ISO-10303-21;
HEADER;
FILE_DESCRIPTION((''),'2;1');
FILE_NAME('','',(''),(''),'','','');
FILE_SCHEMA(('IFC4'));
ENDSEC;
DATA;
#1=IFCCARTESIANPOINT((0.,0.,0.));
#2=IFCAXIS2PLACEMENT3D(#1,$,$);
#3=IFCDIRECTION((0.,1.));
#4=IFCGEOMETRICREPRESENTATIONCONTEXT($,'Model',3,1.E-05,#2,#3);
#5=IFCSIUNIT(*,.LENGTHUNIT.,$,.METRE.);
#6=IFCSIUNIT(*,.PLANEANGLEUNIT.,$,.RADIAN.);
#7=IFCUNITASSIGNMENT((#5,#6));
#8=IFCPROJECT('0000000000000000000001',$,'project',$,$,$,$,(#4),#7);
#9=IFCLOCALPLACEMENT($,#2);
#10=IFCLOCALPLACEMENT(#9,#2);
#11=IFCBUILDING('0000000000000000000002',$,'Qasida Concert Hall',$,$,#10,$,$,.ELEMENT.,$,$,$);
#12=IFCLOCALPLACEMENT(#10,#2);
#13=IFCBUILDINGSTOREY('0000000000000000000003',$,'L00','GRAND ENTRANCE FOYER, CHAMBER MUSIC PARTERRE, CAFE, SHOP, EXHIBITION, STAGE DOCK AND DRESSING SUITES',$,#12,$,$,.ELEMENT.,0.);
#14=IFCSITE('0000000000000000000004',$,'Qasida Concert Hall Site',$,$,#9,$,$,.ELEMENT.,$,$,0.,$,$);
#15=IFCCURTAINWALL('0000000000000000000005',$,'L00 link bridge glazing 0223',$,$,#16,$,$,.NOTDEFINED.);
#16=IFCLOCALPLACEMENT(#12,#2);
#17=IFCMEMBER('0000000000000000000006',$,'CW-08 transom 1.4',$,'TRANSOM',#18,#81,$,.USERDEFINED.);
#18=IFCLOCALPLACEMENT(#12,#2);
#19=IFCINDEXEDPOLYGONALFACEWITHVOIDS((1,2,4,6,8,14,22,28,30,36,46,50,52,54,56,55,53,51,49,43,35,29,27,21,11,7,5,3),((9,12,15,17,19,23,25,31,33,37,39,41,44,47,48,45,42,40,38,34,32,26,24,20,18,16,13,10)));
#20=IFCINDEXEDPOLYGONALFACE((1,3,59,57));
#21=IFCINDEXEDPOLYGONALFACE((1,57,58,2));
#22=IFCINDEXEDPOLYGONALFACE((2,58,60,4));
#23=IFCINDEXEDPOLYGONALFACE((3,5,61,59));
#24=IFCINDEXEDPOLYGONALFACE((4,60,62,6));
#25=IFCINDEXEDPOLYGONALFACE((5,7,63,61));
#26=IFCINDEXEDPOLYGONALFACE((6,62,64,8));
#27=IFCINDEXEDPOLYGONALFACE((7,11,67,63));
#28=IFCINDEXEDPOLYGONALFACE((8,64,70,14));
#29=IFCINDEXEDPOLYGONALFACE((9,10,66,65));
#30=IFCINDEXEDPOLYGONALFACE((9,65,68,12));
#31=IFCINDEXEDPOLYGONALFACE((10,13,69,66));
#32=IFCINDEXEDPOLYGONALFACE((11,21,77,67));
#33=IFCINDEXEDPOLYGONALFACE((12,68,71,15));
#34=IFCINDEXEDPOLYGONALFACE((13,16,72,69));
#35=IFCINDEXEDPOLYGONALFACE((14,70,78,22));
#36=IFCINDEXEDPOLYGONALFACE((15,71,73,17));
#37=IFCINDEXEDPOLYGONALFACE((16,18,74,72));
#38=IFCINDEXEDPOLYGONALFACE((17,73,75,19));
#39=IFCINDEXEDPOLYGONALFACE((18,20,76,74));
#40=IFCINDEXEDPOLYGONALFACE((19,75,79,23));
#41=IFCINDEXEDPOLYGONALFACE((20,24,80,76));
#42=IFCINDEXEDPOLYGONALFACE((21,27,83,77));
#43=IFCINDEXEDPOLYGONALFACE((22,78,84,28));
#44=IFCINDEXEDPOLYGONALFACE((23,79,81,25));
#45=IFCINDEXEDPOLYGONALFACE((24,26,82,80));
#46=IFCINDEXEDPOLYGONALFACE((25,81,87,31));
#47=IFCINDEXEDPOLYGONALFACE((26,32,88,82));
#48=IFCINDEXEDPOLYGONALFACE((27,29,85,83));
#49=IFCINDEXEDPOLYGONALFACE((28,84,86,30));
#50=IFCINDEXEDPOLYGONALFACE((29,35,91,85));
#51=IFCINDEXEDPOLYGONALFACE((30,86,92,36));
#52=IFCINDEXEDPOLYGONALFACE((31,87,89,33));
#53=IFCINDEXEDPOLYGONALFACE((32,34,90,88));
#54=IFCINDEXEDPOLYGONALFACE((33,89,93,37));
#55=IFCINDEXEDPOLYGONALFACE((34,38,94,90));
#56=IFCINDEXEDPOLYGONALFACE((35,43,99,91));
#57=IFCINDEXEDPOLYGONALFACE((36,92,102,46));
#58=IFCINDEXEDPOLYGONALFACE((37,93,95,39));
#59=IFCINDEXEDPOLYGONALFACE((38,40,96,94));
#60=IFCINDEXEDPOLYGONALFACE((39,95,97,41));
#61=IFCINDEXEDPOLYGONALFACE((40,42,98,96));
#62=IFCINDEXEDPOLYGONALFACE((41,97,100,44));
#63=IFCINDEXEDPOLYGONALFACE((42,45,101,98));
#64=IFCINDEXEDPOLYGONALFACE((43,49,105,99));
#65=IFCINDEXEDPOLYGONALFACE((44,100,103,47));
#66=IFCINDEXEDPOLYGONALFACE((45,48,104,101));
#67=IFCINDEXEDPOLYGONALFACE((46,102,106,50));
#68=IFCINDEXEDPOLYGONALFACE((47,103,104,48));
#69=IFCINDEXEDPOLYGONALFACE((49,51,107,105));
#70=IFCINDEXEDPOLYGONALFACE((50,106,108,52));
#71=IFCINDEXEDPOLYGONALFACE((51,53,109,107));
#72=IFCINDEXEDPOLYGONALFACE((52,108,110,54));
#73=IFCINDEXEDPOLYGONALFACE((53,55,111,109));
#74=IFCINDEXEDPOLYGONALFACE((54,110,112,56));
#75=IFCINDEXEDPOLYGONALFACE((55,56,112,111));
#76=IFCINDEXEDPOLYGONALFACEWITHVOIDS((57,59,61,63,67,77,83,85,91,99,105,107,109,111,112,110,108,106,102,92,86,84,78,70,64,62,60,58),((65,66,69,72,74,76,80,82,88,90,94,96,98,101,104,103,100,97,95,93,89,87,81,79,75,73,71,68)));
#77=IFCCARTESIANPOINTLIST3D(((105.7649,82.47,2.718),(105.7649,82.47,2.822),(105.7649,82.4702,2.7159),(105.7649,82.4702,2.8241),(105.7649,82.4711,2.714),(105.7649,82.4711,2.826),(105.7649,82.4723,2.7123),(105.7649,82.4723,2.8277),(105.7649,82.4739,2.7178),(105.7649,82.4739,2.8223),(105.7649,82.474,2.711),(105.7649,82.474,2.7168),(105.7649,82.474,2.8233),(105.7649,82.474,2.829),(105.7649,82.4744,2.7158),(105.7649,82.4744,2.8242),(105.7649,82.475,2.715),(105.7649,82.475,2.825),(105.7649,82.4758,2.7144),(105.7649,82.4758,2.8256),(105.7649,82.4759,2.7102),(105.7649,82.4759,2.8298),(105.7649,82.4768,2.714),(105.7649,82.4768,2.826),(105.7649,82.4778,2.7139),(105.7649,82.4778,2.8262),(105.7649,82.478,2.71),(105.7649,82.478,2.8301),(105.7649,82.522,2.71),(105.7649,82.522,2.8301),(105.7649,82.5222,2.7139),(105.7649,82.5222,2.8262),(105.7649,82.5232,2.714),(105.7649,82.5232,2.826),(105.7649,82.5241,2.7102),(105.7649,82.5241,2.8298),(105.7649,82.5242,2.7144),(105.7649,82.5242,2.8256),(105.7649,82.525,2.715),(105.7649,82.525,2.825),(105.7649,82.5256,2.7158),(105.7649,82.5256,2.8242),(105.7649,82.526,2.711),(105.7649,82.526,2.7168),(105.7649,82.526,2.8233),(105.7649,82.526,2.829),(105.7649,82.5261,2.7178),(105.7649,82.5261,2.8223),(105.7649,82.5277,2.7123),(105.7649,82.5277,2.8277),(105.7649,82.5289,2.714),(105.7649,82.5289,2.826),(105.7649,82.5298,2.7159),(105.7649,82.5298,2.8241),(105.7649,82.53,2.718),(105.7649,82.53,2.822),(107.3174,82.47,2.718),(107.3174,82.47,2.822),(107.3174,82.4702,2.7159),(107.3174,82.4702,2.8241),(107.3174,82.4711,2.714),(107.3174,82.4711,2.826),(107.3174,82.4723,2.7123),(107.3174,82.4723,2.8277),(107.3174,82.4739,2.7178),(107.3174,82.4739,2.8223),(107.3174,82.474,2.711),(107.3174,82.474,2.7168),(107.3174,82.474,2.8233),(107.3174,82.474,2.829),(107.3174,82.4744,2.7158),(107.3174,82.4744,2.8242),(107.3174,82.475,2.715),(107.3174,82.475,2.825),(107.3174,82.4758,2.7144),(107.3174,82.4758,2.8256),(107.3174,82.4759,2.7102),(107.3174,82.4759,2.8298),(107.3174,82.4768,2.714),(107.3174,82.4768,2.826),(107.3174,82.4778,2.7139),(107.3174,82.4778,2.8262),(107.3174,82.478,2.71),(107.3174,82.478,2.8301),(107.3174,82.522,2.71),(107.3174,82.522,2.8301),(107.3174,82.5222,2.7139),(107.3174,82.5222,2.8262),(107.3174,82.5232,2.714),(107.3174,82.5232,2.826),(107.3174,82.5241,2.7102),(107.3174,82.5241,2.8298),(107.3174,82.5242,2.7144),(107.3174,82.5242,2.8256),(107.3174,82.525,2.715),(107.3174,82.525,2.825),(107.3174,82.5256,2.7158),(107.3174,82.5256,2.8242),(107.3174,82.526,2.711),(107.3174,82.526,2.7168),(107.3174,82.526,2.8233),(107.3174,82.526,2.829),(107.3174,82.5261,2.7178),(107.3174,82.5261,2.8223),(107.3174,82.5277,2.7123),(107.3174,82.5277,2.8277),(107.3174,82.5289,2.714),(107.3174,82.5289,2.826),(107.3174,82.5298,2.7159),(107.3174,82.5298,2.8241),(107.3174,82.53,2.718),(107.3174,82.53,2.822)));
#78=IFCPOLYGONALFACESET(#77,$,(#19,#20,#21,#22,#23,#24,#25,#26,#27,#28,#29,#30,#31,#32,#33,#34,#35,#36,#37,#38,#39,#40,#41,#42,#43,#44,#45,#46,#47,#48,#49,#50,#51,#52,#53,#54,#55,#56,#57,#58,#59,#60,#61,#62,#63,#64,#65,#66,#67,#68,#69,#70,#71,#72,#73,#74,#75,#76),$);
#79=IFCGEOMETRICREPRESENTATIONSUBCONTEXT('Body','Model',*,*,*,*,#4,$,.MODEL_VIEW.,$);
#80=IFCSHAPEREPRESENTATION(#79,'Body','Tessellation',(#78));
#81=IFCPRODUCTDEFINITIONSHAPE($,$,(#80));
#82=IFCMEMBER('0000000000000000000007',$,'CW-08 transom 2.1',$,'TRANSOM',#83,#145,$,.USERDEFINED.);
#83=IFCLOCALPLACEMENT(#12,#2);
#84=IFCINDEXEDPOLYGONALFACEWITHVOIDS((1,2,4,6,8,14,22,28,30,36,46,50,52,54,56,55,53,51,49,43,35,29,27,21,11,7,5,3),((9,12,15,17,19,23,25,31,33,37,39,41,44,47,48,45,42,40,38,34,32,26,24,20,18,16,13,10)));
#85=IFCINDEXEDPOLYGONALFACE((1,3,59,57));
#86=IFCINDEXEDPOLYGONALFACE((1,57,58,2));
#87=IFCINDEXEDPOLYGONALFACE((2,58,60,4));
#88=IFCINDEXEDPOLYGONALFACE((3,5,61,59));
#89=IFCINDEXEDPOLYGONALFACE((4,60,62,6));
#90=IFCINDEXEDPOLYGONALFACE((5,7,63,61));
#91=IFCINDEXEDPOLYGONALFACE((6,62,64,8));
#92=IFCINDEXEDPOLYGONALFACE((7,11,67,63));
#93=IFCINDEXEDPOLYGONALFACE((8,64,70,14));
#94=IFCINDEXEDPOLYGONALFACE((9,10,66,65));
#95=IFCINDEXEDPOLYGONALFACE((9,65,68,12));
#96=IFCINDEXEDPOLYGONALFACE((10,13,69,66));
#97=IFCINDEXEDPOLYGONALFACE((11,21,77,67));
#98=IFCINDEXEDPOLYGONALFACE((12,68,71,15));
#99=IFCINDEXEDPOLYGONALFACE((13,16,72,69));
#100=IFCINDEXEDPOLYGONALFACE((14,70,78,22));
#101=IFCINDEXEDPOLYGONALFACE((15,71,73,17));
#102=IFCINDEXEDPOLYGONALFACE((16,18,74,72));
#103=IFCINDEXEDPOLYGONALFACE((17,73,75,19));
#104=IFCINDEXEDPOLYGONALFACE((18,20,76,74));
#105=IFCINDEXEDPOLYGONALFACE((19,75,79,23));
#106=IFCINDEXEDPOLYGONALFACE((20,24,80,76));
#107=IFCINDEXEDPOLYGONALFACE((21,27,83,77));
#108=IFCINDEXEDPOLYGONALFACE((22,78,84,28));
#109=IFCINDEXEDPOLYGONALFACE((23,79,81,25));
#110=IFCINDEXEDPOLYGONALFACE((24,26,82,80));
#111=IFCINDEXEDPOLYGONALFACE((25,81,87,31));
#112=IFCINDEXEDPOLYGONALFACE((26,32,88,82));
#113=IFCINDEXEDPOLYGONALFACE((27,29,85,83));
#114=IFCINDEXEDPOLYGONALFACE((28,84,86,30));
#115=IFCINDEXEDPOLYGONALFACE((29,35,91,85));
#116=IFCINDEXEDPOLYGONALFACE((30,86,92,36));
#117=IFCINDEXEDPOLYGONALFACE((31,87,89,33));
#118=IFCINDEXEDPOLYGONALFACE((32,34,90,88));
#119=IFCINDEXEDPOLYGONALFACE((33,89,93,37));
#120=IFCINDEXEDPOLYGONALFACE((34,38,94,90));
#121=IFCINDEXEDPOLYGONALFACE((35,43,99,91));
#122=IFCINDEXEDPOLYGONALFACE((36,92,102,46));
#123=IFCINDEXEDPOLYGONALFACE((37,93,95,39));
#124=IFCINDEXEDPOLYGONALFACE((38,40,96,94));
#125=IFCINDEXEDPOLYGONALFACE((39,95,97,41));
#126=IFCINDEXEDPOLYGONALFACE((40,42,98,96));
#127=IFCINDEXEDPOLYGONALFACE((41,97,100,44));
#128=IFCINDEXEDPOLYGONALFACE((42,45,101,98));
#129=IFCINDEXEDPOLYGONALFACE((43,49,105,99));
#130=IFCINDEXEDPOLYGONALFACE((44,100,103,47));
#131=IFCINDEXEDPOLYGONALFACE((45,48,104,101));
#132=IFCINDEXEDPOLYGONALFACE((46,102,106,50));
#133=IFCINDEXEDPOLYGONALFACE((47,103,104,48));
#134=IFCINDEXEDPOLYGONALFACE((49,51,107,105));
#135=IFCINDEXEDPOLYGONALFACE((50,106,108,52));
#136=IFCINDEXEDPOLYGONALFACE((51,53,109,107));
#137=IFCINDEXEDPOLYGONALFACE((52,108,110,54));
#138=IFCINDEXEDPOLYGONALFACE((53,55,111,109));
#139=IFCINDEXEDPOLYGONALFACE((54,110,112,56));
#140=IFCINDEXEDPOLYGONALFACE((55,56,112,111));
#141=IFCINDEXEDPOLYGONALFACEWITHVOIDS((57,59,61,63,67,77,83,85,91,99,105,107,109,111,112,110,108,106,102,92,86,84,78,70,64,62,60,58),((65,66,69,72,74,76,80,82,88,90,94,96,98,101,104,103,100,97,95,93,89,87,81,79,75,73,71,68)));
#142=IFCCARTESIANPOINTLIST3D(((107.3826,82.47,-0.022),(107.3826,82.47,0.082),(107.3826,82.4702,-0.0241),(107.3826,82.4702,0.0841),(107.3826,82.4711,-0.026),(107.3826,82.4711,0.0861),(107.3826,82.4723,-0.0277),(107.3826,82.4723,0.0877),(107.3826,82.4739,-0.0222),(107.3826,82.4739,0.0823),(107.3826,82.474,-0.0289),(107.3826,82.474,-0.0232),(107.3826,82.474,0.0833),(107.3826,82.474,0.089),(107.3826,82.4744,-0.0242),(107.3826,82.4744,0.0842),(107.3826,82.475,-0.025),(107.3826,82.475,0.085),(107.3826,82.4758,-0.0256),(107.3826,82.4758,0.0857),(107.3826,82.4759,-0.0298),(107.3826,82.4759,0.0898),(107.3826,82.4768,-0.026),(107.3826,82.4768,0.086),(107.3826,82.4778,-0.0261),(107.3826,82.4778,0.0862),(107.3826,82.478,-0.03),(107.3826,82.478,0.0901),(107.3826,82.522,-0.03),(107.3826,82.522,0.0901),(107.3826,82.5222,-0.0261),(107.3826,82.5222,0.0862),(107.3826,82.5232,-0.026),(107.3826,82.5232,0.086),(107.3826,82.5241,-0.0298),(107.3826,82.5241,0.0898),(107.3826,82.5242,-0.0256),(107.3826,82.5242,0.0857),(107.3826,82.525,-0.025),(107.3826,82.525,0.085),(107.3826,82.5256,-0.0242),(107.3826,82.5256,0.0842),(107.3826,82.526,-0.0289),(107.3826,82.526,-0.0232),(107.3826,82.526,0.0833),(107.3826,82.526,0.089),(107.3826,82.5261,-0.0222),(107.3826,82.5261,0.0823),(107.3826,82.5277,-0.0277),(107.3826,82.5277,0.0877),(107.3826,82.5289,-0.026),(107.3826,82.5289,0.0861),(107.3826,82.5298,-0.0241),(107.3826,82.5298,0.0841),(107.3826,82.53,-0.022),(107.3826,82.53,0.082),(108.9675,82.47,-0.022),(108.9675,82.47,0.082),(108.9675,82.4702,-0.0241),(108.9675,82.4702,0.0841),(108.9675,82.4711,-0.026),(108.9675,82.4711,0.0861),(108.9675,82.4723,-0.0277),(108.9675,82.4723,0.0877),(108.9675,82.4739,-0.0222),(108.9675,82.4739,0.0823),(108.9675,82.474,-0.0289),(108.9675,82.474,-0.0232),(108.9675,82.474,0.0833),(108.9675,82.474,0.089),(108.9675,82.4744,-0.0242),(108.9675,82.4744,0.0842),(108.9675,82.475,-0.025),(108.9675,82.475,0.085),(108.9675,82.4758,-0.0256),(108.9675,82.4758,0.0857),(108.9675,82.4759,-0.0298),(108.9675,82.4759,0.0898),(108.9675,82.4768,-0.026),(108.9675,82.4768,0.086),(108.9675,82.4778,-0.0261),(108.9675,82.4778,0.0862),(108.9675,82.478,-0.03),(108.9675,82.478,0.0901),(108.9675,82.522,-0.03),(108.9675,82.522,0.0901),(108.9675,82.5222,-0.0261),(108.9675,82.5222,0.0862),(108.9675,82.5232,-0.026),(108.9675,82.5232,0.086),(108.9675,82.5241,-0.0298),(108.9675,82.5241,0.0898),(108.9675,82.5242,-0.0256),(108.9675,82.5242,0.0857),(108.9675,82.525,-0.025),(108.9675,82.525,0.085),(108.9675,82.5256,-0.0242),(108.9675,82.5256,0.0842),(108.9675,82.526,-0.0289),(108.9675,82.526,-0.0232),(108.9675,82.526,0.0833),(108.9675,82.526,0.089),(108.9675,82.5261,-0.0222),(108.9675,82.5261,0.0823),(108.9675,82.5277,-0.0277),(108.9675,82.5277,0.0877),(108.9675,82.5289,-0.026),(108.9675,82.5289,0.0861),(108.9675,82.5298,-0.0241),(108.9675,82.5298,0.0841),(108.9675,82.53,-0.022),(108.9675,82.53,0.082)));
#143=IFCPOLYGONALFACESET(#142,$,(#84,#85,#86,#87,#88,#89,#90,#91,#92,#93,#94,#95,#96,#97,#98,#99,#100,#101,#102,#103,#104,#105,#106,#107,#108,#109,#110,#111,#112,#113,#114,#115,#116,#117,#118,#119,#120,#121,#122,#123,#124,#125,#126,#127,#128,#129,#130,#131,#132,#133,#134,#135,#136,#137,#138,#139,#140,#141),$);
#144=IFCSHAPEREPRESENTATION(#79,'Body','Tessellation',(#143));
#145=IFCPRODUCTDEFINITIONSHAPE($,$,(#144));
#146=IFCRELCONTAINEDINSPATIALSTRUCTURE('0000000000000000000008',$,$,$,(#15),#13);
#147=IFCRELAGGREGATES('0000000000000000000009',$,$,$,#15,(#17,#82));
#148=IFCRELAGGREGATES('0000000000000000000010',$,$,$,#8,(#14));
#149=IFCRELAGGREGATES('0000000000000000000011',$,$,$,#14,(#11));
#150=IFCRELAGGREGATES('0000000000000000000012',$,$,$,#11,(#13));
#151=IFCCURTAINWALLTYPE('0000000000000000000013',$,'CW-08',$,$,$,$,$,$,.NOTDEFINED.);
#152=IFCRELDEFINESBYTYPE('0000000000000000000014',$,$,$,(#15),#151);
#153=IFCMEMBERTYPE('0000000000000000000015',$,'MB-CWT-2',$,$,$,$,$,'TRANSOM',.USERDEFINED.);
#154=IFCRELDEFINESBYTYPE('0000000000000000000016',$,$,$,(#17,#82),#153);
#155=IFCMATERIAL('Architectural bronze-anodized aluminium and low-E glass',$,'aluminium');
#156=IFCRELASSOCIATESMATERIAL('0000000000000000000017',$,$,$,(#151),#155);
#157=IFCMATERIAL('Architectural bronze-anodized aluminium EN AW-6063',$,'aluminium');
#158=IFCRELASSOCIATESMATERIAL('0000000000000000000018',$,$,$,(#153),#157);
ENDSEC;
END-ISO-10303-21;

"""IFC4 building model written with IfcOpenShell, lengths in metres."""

from ifc_helpers import new_model, si_unit, direction, frame, origin, origin_2d, place, context, subcontext, project, spatial, hollow_rectangle, extrude, material, material_profile, profile_set, type_object, element, aggregate, save


model = new_model("IFC4")

# Units and contexts
model_context = context("Model", 3, precision=1e-05, world=origin(), true_north=direction((0.0, 1.0)))
body_context = subcontext(model_context, "Body", "Model", "MODEL_VIEW")
ifc_project = project(units=[si_unit("LENGTHUNIT", "METRE"), si_unit("PLANEANGLEUNIT", "RADIAN")], contexts=[model_context])

# Site, building, storey
site_placement = place(None, origin())
site = spatial("IfcSite", under=ifc_project, at=site_placement, Name="Qasida Concert Hall Site", CompositionType="ELEMENT", RefElevation=0.0)
building_placement = place(site_placement, origin())
building = spatial("IfcBuilding", under=site, at=building_placement, Name="Qasida Concert Hall", CompositionType="ELEMENT")
storey_placement = place(building_placement, origin())
storey = spatial("IfcBuildingStorey", under=building, at=storey_placement, Name="L00", Description="GRAND ENTRANCE FOYER, CHAMBER MUSIC PARTERRE, CAFE, SHOP, EXHIBITION, STAGE DOCK AND DRESSING SUITES", CompositionType="ELEMENT", Elevation=0.0)

# Curtain wall, members
ifc_material_1 = material(Name="Architectural bronze-anodized aluminium and low-E glass", Category="aluminium")
curtain_wall_type = type_object("IfcCurtainWallType", Name="CW-08", PredefinedType="NOTDEFINED", material=ifc_material_1)
curtain_wall_placement = place(storey_placement, origin())
curtain_wall = element("IfcCurtainWall", 1, at=curtain_wall_placement, inside=storey, type_object=curtain_wall_type, Name="L00 link bridge glazing 0223", PredefinedType="NOTDEFINED")
ifc_material_2 = material(Name="Architectural bronze-anodized aluminium EN AW-6063", Category="aluminium")
ifc_material_profile_1 = material_profile(ifc_material_2, hollow_rectangle(XDim=0.0601, YDim=0.1201, WallThickness=0.0039, InnerFilletRadius=0.0039, OuterFilletRadius=0.0081, at=origin_2d()), Name="CWT 120x60x4")
ifc_profile_set_1 = profile_set([ifc_material_profile_1], Name="Architectural bronze-anodized aluminium EN AW-6063")
member_type_1 = type_object("IfcMemberType", Name="MB-CWT-2", ElementType="TRANSOM", PredefinedType="USERDEFINED", material=ifc_profile_set_1)
member_1_placement = place(storey_placement, frame((105.7649, 82.5, 2.77), z_axis=(1.0, 0.0, 0.0), x_axis=(0.0, 1.0, 0.0)))
member_1 = element("IfcMember", 2, at=member_1_placement, type_object=member_type_1, Name="CW-08 transom 1.4", ObjectType="TRANSOM", PredefinedType="USERDEFINED", context=body_context, shape_type="SweptSolid", body=[
    extrude(hollow_rectangle(XDim=0.0601, YDim=0.1201, WallThickness=0.0039, InnerFilletRadius=0.0039, OuterFilletRadius=0.0081, at=origin_2d()), origin(), (0.0, 0.0, 1.0), 1.5525),
])
member_2_placement = place(storey_placement, frame((107.3826, 82.5, 0.03), z_axis=(1.0, 0.0, 0.0), x_axis=(0.0, 1.0, 0.0)))
member_2 = element("IfcMember", 3, at=member_2_placement, type_object=member_type_1, Name="CW-08 transom 2.1", ObjectType="TRANSOM", PredefinedType="USERDEFINED", context=body_context, shape_type="SweptSolid", body=[
    extrude(hollow_rectangle(XDim=0.0601, YDim=0.1201, WallThickness=0.0039, InnerFilletRadius=0.0039, OuterFilletRadius=0.0081, at=origin_2d()), origin(), (0.0, 0.0, 1.0), 1.585),
])
aggregate(curtain_wall, [member_1, member_2])

save(model, "model.ifc")
